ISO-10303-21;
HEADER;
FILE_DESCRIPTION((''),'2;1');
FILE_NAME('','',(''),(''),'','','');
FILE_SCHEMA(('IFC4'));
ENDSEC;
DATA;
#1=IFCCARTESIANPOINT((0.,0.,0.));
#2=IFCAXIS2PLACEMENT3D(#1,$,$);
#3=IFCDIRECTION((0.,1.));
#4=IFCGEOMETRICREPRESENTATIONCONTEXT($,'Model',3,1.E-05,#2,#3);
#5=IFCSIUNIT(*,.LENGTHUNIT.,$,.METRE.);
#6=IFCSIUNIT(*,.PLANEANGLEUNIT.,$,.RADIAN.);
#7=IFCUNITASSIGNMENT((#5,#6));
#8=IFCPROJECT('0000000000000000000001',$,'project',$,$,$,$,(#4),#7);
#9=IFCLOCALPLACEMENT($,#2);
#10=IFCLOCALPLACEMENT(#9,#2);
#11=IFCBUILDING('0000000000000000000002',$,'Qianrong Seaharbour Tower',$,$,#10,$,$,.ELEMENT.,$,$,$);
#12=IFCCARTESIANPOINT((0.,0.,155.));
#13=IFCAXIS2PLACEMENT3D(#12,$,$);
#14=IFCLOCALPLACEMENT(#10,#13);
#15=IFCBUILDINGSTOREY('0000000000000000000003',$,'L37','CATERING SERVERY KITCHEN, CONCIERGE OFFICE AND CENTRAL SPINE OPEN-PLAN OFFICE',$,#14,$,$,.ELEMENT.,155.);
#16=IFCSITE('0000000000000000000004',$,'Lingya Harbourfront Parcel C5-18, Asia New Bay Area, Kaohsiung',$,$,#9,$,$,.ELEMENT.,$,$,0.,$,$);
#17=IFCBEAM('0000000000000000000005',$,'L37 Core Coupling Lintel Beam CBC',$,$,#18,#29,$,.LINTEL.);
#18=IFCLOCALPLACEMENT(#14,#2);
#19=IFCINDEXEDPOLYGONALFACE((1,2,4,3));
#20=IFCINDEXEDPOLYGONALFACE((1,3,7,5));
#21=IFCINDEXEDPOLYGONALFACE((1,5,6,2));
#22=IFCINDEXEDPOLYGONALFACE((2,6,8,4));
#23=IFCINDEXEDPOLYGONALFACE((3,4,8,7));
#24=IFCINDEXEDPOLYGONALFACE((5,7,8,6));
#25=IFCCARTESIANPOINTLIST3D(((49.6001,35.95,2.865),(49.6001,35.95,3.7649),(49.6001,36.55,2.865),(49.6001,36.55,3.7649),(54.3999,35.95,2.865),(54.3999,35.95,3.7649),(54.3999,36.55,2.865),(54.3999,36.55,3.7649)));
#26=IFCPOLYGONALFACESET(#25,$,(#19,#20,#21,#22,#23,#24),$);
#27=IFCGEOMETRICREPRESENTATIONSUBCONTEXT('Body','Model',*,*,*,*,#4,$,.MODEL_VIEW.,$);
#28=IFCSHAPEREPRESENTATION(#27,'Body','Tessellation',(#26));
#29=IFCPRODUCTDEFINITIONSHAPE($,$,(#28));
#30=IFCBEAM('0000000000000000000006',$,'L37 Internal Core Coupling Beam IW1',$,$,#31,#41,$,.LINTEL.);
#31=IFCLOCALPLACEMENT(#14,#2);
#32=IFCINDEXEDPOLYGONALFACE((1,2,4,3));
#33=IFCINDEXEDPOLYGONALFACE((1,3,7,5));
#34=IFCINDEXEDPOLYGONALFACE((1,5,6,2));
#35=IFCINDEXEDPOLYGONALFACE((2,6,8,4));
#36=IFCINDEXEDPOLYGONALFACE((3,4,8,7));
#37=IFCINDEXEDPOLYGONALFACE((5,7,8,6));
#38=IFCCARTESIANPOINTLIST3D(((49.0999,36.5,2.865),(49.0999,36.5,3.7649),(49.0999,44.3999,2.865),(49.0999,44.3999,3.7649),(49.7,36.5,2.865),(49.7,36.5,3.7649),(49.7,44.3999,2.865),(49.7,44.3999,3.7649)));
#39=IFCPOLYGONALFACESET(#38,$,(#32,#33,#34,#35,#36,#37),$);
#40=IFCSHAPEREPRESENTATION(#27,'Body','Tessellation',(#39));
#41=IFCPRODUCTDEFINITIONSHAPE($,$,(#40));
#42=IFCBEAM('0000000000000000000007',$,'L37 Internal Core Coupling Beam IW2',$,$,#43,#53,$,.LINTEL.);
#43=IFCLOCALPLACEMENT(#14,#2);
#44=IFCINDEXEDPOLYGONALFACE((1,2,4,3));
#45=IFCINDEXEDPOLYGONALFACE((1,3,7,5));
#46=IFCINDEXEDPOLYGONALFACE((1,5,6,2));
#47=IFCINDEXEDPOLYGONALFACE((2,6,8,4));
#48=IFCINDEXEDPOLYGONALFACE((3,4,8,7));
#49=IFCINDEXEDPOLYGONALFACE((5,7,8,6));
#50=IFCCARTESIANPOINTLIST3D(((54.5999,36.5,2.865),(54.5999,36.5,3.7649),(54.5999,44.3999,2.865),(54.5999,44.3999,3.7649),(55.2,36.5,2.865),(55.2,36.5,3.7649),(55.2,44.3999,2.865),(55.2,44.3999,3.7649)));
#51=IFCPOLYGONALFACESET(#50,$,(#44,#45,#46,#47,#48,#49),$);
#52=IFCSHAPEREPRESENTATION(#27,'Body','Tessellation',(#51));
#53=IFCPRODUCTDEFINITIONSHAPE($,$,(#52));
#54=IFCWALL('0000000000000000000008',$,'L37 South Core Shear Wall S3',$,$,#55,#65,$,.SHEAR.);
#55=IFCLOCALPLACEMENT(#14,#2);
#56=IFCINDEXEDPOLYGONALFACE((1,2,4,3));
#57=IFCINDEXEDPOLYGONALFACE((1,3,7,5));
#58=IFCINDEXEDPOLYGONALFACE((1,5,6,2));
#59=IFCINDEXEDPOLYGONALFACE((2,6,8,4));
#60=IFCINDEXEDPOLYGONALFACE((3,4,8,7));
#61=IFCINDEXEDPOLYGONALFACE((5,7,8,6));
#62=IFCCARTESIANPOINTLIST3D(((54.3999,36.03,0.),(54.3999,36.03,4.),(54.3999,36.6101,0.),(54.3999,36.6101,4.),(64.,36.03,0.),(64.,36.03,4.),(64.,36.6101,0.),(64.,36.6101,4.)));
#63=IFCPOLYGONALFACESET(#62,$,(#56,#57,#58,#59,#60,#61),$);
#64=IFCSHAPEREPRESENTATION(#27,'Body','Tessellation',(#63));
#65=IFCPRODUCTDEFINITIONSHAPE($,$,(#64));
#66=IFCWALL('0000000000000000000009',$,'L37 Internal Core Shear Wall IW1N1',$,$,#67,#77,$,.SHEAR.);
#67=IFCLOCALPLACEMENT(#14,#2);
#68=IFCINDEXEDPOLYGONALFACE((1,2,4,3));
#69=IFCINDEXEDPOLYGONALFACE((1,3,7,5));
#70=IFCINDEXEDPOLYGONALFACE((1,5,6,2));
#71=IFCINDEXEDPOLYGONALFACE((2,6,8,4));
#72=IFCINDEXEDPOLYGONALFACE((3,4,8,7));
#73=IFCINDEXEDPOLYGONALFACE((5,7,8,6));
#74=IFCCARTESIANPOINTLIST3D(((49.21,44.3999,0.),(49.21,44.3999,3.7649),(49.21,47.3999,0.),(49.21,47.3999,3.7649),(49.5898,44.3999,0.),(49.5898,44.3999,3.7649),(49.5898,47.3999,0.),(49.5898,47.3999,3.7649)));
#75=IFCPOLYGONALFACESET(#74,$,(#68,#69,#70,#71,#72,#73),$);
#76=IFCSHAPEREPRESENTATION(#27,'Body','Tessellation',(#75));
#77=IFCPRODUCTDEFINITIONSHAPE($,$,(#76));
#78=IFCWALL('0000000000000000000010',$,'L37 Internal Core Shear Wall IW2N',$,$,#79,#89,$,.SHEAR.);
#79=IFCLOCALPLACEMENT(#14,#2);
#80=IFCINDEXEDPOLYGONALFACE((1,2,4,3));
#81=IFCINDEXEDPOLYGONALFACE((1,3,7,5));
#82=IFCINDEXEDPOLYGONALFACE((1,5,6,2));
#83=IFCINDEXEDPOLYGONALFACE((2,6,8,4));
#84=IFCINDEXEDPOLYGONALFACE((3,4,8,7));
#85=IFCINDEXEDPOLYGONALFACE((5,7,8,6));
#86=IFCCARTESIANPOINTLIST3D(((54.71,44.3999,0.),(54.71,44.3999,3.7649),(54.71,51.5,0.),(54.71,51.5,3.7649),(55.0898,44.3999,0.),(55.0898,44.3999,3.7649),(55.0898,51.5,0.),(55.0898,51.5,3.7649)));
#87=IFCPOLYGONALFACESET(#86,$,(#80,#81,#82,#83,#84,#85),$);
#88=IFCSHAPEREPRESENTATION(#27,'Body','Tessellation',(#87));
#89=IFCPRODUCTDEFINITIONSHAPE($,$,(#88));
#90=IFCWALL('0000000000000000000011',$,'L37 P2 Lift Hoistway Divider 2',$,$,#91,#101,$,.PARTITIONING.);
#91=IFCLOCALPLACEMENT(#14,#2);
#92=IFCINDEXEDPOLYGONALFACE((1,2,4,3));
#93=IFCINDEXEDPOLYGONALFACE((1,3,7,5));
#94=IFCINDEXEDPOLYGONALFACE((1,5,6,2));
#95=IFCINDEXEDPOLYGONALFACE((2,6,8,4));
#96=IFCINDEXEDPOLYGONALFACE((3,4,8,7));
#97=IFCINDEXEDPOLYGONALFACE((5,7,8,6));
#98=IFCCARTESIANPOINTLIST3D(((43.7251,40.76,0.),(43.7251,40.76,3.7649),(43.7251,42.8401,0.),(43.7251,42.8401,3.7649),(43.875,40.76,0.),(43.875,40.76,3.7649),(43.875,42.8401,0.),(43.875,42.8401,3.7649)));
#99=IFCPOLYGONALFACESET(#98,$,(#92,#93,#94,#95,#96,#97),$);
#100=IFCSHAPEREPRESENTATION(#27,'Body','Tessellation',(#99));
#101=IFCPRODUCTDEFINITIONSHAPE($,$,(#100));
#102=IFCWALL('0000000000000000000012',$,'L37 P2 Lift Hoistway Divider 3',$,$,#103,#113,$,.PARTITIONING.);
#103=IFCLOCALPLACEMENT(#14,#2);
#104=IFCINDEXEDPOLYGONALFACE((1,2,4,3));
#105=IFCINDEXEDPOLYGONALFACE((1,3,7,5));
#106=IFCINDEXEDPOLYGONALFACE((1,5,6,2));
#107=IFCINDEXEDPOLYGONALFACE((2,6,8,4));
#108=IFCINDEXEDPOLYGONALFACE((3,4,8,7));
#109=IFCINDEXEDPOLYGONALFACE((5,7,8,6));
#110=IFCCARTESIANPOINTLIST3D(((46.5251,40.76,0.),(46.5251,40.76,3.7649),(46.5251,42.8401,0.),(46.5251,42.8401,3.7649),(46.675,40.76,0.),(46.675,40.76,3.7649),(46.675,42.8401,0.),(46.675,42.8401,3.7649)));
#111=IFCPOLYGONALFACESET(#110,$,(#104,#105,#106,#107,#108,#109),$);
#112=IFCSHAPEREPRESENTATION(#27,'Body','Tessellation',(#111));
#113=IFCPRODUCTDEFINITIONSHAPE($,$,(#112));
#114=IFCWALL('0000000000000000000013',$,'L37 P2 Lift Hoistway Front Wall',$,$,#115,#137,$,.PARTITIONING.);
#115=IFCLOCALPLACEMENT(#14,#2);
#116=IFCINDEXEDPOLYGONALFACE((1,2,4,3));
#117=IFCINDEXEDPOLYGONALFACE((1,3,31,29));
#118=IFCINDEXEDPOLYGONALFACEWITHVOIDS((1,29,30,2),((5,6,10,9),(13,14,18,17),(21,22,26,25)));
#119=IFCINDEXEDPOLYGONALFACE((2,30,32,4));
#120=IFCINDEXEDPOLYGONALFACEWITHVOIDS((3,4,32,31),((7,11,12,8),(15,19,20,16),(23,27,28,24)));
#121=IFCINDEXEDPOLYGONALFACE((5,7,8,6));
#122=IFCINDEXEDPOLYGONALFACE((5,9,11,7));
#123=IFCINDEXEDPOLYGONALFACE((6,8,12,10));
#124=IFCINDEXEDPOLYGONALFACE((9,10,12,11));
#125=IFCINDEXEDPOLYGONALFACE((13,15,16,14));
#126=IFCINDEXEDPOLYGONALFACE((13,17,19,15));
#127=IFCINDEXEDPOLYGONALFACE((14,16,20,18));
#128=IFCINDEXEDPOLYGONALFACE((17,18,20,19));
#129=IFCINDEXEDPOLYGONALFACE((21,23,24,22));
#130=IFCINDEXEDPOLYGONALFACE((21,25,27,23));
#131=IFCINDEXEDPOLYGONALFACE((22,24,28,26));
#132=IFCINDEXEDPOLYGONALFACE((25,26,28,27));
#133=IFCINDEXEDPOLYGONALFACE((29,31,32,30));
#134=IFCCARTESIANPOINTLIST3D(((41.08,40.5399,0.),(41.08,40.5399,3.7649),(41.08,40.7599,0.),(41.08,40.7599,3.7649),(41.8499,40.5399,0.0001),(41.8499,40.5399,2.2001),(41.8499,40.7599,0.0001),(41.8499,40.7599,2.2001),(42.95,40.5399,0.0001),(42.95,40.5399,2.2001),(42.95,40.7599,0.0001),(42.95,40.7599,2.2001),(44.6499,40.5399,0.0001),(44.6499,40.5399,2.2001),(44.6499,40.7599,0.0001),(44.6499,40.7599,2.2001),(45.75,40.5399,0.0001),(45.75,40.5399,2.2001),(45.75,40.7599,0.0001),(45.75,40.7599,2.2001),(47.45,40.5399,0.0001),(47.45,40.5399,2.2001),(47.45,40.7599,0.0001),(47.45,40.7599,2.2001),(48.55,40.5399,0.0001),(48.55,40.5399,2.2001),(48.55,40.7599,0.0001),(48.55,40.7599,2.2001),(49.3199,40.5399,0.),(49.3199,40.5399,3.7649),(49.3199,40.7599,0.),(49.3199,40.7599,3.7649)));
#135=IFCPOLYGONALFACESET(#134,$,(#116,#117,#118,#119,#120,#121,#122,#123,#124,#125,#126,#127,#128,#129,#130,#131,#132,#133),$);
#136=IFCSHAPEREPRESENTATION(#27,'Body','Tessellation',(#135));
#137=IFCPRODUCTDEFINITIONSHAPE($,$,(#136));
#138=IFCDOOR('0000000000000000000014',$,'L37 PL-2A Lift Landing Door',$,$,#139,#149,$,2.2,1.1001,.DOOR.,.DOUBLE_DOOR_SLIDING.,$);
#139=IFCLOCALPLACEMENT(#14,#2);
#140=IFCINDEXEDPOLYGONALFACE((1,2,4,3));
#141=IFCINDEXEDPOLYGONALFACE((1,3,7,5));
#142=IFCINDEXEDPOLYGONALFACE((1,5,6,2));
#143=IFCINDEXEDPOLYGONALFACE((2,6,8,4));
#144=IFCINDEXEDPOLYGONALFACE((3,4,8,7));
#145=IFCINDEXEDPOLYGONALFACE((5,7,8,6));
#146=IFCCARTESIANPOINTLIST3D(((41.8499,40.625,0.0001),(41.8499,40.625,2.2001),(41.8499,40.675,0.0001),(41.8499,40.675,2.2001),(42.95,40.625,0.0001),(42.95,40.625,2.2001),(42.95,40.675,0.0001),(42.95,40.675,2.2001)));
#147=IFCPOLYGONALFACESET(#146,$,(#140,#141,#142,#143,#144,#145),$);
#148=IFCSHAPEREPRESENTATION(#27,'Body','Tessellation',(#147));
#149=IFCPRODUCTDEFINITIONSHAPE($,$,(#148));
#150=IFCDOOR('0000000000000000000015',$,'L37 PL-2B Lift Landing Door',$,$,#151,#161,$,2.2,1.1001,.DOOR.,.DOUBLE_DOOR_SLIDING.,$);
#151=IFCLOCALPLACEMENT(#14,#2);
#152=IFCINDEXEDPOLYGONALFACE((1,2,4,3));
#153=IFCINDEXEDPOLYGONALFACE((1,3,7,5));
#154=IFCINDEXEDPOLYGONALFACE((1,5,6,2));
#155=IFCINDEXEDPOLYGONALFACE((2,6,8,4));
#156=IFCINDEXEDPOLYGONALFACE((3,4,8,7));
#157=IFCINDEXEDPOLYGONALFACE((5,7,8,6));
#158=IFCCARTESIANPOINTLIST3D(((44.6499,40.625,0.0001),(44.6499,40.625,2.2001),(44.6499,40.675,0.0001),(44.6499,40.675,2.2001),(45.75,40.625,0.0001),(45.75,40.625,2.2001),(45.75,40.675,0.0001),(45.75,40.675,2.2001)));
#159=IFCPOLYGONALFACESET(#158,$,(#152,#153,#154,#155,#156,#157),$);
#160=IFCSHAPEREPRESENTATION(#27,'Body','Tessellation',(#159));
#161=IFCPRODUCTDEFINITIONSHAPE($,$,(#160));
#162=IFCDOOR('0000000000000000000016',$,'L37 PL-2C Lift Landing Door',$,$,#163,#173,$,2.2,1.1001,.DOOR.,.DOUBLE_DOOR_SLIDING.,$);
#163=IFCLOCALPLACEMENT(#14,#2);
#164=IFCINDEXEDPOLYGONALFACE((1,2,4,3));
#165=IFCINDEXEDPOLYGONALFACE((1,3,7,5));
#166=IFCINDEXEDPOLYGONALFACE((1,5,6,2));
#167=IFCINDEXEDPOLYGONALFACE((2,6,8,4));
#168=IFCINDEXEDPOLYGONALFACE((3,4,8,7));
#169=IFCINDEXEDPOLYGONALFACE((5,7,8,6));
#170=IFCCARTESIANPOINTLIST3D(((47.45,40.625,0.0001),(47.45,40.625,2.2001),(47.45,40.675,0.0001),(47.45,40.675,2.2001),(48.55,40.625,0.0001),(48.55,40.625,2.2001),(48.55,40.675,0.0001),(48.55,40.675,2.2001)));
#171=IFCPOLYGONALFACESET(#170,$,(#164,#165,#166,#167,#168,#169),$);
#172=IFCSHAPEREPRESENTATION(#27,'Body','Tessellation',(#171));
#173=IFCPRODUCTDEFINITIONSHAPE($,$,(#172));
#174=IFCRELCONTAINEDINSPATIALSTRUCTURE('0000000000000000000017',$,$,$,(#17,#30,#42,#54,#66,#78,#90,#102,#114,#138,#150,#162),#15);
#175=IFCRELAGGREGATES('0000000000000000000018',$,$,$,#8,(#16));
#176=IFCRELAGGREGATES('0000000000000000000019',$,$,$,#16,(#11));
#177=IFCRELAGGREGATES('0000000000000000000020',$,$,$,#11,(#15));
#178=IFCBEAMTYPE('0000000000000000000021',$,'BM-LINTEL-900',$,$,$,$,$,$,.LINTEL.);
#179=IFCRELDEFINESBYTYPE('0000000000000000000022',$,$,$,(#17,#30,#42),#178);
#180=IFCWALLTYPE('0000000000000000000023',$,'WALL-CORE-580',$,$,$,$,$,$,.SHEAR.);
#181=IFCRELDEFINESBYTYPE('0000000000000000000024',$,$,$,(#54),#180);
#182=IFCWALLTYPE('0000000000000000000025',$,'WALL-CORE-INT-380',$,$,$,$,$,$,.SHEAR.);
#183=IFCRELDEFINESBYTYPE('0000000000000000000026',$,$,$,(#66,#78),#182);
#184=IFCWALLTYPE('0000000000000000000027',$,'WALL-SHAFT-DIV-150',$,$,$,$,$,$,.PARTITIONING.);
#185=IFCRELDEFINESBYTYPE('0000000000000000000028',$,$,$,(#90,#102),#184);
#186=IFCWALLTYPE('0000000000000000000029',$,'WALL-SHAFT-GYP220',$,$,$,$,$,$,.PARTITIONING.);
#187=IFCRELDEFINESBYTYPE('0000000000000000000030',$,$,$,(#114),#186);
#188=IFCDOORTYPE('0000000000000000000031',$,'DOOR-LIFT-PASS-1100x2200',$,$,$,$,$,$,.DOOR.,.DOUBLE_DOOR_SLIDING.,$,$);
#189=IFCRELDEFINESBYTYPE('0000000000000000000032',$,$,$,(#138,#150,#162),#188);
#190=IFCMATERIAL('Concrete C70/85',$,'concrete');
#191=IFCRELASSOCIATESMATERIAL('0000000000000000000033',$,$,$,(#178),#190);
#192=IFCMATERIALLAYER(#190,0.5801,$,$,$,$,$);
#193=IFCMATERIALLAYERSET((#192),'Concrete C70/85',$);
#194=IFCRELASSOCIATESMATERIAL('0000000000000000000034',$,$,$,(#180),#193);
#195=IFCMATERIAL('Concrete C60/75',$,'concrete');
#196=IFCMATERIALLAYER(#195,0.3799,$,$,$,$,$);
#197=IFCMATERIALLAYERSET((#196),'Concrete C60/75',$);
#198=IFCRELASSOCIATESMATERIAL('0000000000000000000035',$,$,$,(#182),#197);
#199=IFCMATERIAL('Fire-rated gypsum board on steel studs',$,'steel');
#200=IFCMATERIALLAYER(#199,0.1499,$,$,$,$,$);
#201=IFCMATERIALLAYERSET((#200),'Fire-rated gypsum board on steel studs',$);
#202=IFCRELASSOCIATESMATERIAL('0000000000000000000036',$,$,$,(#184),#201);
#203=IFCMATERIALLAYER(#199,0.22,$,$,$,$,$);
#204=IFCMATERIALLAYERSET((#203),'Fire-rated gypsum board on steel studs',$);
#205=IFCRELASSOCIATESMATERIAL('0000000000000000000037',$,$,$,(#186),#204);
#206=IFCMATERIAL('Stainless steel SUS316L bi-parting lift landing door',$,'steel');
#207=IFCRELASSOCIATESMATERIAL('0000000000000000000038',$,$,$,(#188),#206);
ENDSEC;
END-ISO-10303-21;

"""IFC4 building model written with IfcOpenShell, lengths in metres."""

from ifc_helpers import new_model, si_unit, direction, frame, frame_2d, origin, origin_2d, place, context, subcontext, project, spatial, rectangle, extrude, material, layer, layer_set, material_profile, profile_set, type_object, element, fill, save


model = new_model("IFC4")

# Units and contexts
model_context = context("Model", 3, precision=1e-05, world=origin(), true_north=direction((0.0, 1.0)))
body_context = subcontext(model_context, "Body", "Model", "MODEL_VIEW")
ifc_project = project(units=[si_unit("LENGTHUNIT", "METRE"), si_unit("PLANEANGLEUNIT", "RADIAN")], contexts=[model_context])

# Site, building, storey
site_placement = place(None, origin())
site = spatial("IfcSite", under=ifc_project, at=site_placement, Name="Lingya Harbourfront Parcel C5-18, Asia New Bay Area, Kaohsiung", CompositionType="ELEMENT", RefElevation=0.0)
building_placement = place(site_placement, origin())
building = spatial("IfcBuilding", under=site, at=building_placement, Name="Qianrong Seaharbour Tower", CompositionType="ELEMENT")
storey_placement = place(building_placement, frame((0.0, 0.0, 155.0)))
storey = spatial("IfcBuildingStorey", under=building, at=storey_placement, Name="L37", Description="CATERING SERVERY KITCHEN, CONCIERGE OFFICE AND CENTRAL SPINE OPEN-PLAN OFFICE", CompositionType="ELEMENT", Elevation=155.0)

# Beams
ifc_material_1 = material(Name="Concrete C70/85", Category="concrete")
ifc_material_profile = material_profile(ifc_material_1, rectangle(XDim=0.6001, YDim=0.8999, at=origin_2d()), Name="RC600x900")
ifc_profile_set = profile_set([ifc_material_profile], Name="Concrete C70/85")
beam_type = type_object("IfcBeamType", Name="BM-LINTEL-900", PredefinedType="LINTEL", material=ifc_profile_set)
beam_placement = place(storey_placement, frame((49.6001, 36.25, 3.3149), z_axis=(1.0, 0.0, 0.0), x_axis=(0.0, 1.0, 0.0)))
element("IfcBeam", 1, at=beam_placement, inside=storey, type_object=beam_type, Name="L37 Core Coupling Lintel Beam CBC", PredefinedType="LINTEL", context=body_context, shape_type="SweptSolid", body=[
    extrude(rectangle(XDim=0.6001, YDim=0.8999, at=origin_2d()), origin(), (0.0, 0.0, 1.0), 4.7998),
])
for number, where, z_axis, x_axis, name in (
    (2, (49.3999, 36.5, 3.3149), (0.0, 1.0, 0.0), (-1.0, 0.0, 0.0), "L37 Internal Core Coupling Beam IW1"),
    (3, (54.8999, 36.5, 3.3149), (0.0, 1.0, 0.0), (-1.0, 0.0, 0.0), "L37 Internal Core Coupling Beam IW2"),
):
    element("IfcBeam", number, at=place(storey_placement, frame(where, z_axis=z_axis, x_axis=x_axis)), inside=storey, type_object=beam_type, Name=name, PredefinedType="LINTEL", context=body_context, shape_type="SweptSolid", body=[
        extrude(rectangle(XDim=0.6001, YDim=0.8999, at=origin_2d()), origin(), (0.0, 0.0, 1.0), 7.8999),
    ])

# Walls
ifc_layer_1 = layer(ifc_material_1, 0.5801)
ifc_layer_set_1 = layer_set([ifc_layer_1], Name="Concrete C70/85")
wall_type_1 = type_object("IfcWallType", Name="WALL-CORE-580", PredefinedType="SHEAR", material=ifc_layer_set_1)
wall_1_placement = place(storey_placement, frame((54.3999, 36.3201, 0.0), z_axis=(0.0, 0.0, 1.0), x_axis=(1.0, 0.0, 0.0)))
element("IfcWall", 4, at=wall_1_placement, inside=storey, type_object=wall_type_1, Name="L37 South Core Shear Wall S3", PredefinedType="SHEAR", context=body_context, shape_type="SweptSolid", body=[
    extrude(rectangle(XDim=9.6001, YDim=0.5801, at=frame_2d((4.8, 0.0))), origin(), (0.0, 0.0, 1.0), 4.0),
])
ifc_material_2 = material(Name="Concrete C60/75", Category="concrete")
ifc_layer_2 = layer(ifc_material_2, 0.3799)
ifc_layer_set_2 = layer_set([ifc_layer_2], Name="Concrete C60/75")
wall_type_2 = type_object("IfcWallType", Name="WALL-CORE-INT-380", PredefinedType="SHEAR", material=ifc_layer_set_2)
wall_2_placement = place(storey_placement, frame((49.3999, 44.3999, 0.0), z_axis=(0.0, 0.0, 1.0), x_axis=(0.0, 1.0, 0.0)))
element("IfcWall", 5, at=wall_2_placement, inside=storey, type_object=wall_type_2, Name="L37 Internal Core Shear Wall IW1N1", PredefinedType="SHEAR", context=body_context, shape_type="SweptSolid", body=[
    extrude(rectangle(XDim=3.0, YDim=0.3799, at=frame_2d((1.5, 0.0))), origin(), (0.0, 0.0, 1.0), 3.7649),
])
wall_3_placement = place(storey_placement, frame((54.8999, 44.3999, 0.0), z_axis=(0.0, 0.0, 1.0), x_axis=(0.0, 1.0, 0.0)))
element("IfcWall", 6, at=wall_3_placement, inside=storey, type_object=wall_type_2, Name="L37 Internal Core Shear Wall IW2N", PredefinedType="SHEAR", context=body_context, shape_type="SweptSolid", body=[
    extrude(rectangle(XDim=7.1001, YDim=0.3799, at=frame_2d((3.55, 0.0))), origin(), (0.0, 0.0, 1.0), 3.7649),
])

# Walls
ifc_material_3 = material(Name="Fire-rated gypsum board on steel studs", Category="steel")
ifc_layer_3 = layer(ifc_material_3, 0.1499)
ifc_layer_set_3 = layer_set([ifc_layer_3], Name="Fire-rated gypsum board on steel studs")
wall_type_3 = type_object("IfcWallType", Name="WALL-SHAFT-DIV-150", PredefinedType="PARTITIONING", material=ifc_layer_set_3)
for number, where, z_axis, x_axis, name in (
    (7, (43.8, 40.76, 0.0), (0.0, 0.0, 1.0), (0.0, 1.0, 0.0), "L37 P2 Lift Hoistway Divider 2"),
    (8, (46.6001, 40.76, 0.0), (0.0, 0.0, 1.0), (0.0, 1.0, 0.0), "L37 P2 Lift Hoistway Divider 3"),
):
    element("IfcWall", number, at=place(storey_placement, frame(where, z_axis=z_axis, x_axis=x_axis)), inside=storey, type_object=wall_type_3, Name=name, PredefinedType="PARTITIONING", context=body_context, shape_type="SweptSolid", body=[
        extrude(rectangle(XDim=2.0801, YDim=0.1499, at=frame_2d((1.04, 0.0))), origin(), (0.0, 0.0, 1.0), 3.7649),
    ])

# Wall, openings, doors
ifc_layer_4 = layer(ifc_material_3, 0.22)
ifc_layer_set_4 = layer_set([ifc_layer_4], Name="Fire-rated gypsum board on steel studs")
wall_type_4 = type_object("IfcWallType", Name="WALL-SHAFT-GYP220", PredefinedType="PARTITIONING", material=ifc_layer_set_4)
wall_4_placement = place(storey_placement, frame((49.3201, 40.6499, 0.0), z_axis=(0.0, 0.0, 1.0), x_axis=(-1.0, 0.0, 0.0)))
wall_4 = element("IfcWall", 9, at=wall_4_placement, inside=storey, type_object=wall_type_4, Name="L37 P2 Lift Hoistway Front Wall", PredefinedType="PARTITIONING", context=body_context, shape_type="SweptSolid", body=[
    extrude(rectangle(XDim=8.24, YDim=0.22, at=frame_2d((4.1201, 0.0))), origin(), (0.0, 0.0, 1.0), 3.7649),
])
opening_1_placement = place(wall_4_placement, frame((6.3701, 0.0, 0.0)))
opening_1 = element("IfcOpeningElement", 10, at=opening_1_placement, cuts=wall_4, PredefinedType="OPENING", context=body_context, shape_type="SweptSolid", body=[
    extrude(rectangle(XDim=1.1001, YDim=2.2, at=frame_2d((0.55, 1.1001))), frame((0.0, 0.1201, 0.0), z_axis=(0.0, -1.0, 0.0), x_axis=(1.0, 0.0, 0.0)), (0.0, 0.0, 1.0), 0.24),
])
opening_2_placement = place(wall_4_placement, frame((3.5701, 0.0, 0.0)))
opening_2 = element("IfcOpeningElement", 11, at=opening_2_placement, cuts=wall_4, PredefinedType="OPENING", context=body_context, shape_type="SweptSolid", body=[
    extrude(rectangle(XDim=1.1001, YDim=2.2, at=frame_2d((0.55, 1.1001))), frame((0.0, 0.1201, 0.0), z_axis=(0.0, -1.0, 0.0), x_axis=(1.0, 0.0, 0.0)), (0.0, 0.0, 1.0), 0.24),
])
opening_3_placement = place(wall_4_placement, frame((0.77, 0.0, 0.0)))
opening_3 = element("IfcOpeningElement", 12, at=opening_3_placement, cuts=wall_4, PredefinedType="OPENING", context=body_context, shape_type="SweptSolid", body=[
    extrude(rectangle(XDim=1.1001, YDim=2.2, at=frame_2d((0.55, 1.1001))), frame((0.0, 0.1201, 0.0), z_axis=(0.0, -1.0, 0.0), x_axis=(1.0, 0.0, 0.0)), (0.0, 0.0, 1.0), 0.24),
])
ifc_material_4 = material(Name="Stainless steel SUS316L bi-parting lift landing door", Category="steel")
door_type_1 = type_object("IfcDoorType", Name="DOOR-LIFT-PASS-1100x2200", OperationType="DOUBLE_DOOR_SLIDING", PredefinedType="DOOR", material=ifc_material_4)
door_1_placement = place(opening_1_placement, origin())
door_1 = element("IfcDoor", 13, at=door_1_placement, inside=storey, type_object=door_type_1, Name="L37 PL-2A Lift Landing Door", OperationType="DOUBLE_DOOR_SLIDING", OverallHeight=2.2, OverallWidth=1.1001, PredefinedType="DOOR", context=body_context, shape_type="SweptSolid", body=[
    extrude(rectangle(XDim=1.1001, YDim=2.2, at=frame_2d((0.55, 1.1001))), frame((0.0, 0.0249, 0.0), z_axis=(0.0, -1.0, 0.0), x_axis=(1.0, 0.0, 0.0)), (0.0, 0.0, 1.0), 0.05),
])
fill(opening_1, door_1)
door_2_placement = place(opening_2_placement, origin())
door_2 = element("IfcDoor", 14, at=door_2_placement, inside=storey, type_object=door_type_1, Name="L37 PL-2B Lift Landing Door", OperationType="DOUBLE_DOOR_SLIDING", OverallHeight=2.2, OverallWidth=1.1001, PredefinedType="DOOR", context=body_context, shape_type="SweptSolid", body=[
    extrude(rectangle(XDim=1.1001, YDim=2.2, at=frame_2d((0.55, 1.1001))), frame((0.0, 0.0249, 0.0), z_axis=(0.0, -1.0, 0.0), x_axis=(1.0, 0.0, 0.0)), (0.0, 0.0, 1.0), 0.05),
])
fill(opening_2, door_2)
door_3_placement = place(opening_3_placement, origin())
door_3 = element("IfcDoor", 15, at=door_3_placement, inside=storey, type_object=door_type_1, Name="L37 PL-2C Lift Landing Door", OperationType="DOUBLE_DOOR_SLIDING", OverallHeight=2.2, OverallWidth=1.1001, PredefinedType="DOOR", context=body_context, shape_type="SweptSolid", body=[
    extrude(rectangle(XDim=1.1001, YDim=2.2, at=frame_2d((0.55, 1.1001))), frame((0.0, 0.0249, 0.0), z_axis=(0.0, -1.0, 0.0), x_axis=(1.0, 0.0, 0.0)), (0.0, 0.0, 1.0), 0.05),
])
fill(opening_3, door_3)

save(model, "model.ifc")
